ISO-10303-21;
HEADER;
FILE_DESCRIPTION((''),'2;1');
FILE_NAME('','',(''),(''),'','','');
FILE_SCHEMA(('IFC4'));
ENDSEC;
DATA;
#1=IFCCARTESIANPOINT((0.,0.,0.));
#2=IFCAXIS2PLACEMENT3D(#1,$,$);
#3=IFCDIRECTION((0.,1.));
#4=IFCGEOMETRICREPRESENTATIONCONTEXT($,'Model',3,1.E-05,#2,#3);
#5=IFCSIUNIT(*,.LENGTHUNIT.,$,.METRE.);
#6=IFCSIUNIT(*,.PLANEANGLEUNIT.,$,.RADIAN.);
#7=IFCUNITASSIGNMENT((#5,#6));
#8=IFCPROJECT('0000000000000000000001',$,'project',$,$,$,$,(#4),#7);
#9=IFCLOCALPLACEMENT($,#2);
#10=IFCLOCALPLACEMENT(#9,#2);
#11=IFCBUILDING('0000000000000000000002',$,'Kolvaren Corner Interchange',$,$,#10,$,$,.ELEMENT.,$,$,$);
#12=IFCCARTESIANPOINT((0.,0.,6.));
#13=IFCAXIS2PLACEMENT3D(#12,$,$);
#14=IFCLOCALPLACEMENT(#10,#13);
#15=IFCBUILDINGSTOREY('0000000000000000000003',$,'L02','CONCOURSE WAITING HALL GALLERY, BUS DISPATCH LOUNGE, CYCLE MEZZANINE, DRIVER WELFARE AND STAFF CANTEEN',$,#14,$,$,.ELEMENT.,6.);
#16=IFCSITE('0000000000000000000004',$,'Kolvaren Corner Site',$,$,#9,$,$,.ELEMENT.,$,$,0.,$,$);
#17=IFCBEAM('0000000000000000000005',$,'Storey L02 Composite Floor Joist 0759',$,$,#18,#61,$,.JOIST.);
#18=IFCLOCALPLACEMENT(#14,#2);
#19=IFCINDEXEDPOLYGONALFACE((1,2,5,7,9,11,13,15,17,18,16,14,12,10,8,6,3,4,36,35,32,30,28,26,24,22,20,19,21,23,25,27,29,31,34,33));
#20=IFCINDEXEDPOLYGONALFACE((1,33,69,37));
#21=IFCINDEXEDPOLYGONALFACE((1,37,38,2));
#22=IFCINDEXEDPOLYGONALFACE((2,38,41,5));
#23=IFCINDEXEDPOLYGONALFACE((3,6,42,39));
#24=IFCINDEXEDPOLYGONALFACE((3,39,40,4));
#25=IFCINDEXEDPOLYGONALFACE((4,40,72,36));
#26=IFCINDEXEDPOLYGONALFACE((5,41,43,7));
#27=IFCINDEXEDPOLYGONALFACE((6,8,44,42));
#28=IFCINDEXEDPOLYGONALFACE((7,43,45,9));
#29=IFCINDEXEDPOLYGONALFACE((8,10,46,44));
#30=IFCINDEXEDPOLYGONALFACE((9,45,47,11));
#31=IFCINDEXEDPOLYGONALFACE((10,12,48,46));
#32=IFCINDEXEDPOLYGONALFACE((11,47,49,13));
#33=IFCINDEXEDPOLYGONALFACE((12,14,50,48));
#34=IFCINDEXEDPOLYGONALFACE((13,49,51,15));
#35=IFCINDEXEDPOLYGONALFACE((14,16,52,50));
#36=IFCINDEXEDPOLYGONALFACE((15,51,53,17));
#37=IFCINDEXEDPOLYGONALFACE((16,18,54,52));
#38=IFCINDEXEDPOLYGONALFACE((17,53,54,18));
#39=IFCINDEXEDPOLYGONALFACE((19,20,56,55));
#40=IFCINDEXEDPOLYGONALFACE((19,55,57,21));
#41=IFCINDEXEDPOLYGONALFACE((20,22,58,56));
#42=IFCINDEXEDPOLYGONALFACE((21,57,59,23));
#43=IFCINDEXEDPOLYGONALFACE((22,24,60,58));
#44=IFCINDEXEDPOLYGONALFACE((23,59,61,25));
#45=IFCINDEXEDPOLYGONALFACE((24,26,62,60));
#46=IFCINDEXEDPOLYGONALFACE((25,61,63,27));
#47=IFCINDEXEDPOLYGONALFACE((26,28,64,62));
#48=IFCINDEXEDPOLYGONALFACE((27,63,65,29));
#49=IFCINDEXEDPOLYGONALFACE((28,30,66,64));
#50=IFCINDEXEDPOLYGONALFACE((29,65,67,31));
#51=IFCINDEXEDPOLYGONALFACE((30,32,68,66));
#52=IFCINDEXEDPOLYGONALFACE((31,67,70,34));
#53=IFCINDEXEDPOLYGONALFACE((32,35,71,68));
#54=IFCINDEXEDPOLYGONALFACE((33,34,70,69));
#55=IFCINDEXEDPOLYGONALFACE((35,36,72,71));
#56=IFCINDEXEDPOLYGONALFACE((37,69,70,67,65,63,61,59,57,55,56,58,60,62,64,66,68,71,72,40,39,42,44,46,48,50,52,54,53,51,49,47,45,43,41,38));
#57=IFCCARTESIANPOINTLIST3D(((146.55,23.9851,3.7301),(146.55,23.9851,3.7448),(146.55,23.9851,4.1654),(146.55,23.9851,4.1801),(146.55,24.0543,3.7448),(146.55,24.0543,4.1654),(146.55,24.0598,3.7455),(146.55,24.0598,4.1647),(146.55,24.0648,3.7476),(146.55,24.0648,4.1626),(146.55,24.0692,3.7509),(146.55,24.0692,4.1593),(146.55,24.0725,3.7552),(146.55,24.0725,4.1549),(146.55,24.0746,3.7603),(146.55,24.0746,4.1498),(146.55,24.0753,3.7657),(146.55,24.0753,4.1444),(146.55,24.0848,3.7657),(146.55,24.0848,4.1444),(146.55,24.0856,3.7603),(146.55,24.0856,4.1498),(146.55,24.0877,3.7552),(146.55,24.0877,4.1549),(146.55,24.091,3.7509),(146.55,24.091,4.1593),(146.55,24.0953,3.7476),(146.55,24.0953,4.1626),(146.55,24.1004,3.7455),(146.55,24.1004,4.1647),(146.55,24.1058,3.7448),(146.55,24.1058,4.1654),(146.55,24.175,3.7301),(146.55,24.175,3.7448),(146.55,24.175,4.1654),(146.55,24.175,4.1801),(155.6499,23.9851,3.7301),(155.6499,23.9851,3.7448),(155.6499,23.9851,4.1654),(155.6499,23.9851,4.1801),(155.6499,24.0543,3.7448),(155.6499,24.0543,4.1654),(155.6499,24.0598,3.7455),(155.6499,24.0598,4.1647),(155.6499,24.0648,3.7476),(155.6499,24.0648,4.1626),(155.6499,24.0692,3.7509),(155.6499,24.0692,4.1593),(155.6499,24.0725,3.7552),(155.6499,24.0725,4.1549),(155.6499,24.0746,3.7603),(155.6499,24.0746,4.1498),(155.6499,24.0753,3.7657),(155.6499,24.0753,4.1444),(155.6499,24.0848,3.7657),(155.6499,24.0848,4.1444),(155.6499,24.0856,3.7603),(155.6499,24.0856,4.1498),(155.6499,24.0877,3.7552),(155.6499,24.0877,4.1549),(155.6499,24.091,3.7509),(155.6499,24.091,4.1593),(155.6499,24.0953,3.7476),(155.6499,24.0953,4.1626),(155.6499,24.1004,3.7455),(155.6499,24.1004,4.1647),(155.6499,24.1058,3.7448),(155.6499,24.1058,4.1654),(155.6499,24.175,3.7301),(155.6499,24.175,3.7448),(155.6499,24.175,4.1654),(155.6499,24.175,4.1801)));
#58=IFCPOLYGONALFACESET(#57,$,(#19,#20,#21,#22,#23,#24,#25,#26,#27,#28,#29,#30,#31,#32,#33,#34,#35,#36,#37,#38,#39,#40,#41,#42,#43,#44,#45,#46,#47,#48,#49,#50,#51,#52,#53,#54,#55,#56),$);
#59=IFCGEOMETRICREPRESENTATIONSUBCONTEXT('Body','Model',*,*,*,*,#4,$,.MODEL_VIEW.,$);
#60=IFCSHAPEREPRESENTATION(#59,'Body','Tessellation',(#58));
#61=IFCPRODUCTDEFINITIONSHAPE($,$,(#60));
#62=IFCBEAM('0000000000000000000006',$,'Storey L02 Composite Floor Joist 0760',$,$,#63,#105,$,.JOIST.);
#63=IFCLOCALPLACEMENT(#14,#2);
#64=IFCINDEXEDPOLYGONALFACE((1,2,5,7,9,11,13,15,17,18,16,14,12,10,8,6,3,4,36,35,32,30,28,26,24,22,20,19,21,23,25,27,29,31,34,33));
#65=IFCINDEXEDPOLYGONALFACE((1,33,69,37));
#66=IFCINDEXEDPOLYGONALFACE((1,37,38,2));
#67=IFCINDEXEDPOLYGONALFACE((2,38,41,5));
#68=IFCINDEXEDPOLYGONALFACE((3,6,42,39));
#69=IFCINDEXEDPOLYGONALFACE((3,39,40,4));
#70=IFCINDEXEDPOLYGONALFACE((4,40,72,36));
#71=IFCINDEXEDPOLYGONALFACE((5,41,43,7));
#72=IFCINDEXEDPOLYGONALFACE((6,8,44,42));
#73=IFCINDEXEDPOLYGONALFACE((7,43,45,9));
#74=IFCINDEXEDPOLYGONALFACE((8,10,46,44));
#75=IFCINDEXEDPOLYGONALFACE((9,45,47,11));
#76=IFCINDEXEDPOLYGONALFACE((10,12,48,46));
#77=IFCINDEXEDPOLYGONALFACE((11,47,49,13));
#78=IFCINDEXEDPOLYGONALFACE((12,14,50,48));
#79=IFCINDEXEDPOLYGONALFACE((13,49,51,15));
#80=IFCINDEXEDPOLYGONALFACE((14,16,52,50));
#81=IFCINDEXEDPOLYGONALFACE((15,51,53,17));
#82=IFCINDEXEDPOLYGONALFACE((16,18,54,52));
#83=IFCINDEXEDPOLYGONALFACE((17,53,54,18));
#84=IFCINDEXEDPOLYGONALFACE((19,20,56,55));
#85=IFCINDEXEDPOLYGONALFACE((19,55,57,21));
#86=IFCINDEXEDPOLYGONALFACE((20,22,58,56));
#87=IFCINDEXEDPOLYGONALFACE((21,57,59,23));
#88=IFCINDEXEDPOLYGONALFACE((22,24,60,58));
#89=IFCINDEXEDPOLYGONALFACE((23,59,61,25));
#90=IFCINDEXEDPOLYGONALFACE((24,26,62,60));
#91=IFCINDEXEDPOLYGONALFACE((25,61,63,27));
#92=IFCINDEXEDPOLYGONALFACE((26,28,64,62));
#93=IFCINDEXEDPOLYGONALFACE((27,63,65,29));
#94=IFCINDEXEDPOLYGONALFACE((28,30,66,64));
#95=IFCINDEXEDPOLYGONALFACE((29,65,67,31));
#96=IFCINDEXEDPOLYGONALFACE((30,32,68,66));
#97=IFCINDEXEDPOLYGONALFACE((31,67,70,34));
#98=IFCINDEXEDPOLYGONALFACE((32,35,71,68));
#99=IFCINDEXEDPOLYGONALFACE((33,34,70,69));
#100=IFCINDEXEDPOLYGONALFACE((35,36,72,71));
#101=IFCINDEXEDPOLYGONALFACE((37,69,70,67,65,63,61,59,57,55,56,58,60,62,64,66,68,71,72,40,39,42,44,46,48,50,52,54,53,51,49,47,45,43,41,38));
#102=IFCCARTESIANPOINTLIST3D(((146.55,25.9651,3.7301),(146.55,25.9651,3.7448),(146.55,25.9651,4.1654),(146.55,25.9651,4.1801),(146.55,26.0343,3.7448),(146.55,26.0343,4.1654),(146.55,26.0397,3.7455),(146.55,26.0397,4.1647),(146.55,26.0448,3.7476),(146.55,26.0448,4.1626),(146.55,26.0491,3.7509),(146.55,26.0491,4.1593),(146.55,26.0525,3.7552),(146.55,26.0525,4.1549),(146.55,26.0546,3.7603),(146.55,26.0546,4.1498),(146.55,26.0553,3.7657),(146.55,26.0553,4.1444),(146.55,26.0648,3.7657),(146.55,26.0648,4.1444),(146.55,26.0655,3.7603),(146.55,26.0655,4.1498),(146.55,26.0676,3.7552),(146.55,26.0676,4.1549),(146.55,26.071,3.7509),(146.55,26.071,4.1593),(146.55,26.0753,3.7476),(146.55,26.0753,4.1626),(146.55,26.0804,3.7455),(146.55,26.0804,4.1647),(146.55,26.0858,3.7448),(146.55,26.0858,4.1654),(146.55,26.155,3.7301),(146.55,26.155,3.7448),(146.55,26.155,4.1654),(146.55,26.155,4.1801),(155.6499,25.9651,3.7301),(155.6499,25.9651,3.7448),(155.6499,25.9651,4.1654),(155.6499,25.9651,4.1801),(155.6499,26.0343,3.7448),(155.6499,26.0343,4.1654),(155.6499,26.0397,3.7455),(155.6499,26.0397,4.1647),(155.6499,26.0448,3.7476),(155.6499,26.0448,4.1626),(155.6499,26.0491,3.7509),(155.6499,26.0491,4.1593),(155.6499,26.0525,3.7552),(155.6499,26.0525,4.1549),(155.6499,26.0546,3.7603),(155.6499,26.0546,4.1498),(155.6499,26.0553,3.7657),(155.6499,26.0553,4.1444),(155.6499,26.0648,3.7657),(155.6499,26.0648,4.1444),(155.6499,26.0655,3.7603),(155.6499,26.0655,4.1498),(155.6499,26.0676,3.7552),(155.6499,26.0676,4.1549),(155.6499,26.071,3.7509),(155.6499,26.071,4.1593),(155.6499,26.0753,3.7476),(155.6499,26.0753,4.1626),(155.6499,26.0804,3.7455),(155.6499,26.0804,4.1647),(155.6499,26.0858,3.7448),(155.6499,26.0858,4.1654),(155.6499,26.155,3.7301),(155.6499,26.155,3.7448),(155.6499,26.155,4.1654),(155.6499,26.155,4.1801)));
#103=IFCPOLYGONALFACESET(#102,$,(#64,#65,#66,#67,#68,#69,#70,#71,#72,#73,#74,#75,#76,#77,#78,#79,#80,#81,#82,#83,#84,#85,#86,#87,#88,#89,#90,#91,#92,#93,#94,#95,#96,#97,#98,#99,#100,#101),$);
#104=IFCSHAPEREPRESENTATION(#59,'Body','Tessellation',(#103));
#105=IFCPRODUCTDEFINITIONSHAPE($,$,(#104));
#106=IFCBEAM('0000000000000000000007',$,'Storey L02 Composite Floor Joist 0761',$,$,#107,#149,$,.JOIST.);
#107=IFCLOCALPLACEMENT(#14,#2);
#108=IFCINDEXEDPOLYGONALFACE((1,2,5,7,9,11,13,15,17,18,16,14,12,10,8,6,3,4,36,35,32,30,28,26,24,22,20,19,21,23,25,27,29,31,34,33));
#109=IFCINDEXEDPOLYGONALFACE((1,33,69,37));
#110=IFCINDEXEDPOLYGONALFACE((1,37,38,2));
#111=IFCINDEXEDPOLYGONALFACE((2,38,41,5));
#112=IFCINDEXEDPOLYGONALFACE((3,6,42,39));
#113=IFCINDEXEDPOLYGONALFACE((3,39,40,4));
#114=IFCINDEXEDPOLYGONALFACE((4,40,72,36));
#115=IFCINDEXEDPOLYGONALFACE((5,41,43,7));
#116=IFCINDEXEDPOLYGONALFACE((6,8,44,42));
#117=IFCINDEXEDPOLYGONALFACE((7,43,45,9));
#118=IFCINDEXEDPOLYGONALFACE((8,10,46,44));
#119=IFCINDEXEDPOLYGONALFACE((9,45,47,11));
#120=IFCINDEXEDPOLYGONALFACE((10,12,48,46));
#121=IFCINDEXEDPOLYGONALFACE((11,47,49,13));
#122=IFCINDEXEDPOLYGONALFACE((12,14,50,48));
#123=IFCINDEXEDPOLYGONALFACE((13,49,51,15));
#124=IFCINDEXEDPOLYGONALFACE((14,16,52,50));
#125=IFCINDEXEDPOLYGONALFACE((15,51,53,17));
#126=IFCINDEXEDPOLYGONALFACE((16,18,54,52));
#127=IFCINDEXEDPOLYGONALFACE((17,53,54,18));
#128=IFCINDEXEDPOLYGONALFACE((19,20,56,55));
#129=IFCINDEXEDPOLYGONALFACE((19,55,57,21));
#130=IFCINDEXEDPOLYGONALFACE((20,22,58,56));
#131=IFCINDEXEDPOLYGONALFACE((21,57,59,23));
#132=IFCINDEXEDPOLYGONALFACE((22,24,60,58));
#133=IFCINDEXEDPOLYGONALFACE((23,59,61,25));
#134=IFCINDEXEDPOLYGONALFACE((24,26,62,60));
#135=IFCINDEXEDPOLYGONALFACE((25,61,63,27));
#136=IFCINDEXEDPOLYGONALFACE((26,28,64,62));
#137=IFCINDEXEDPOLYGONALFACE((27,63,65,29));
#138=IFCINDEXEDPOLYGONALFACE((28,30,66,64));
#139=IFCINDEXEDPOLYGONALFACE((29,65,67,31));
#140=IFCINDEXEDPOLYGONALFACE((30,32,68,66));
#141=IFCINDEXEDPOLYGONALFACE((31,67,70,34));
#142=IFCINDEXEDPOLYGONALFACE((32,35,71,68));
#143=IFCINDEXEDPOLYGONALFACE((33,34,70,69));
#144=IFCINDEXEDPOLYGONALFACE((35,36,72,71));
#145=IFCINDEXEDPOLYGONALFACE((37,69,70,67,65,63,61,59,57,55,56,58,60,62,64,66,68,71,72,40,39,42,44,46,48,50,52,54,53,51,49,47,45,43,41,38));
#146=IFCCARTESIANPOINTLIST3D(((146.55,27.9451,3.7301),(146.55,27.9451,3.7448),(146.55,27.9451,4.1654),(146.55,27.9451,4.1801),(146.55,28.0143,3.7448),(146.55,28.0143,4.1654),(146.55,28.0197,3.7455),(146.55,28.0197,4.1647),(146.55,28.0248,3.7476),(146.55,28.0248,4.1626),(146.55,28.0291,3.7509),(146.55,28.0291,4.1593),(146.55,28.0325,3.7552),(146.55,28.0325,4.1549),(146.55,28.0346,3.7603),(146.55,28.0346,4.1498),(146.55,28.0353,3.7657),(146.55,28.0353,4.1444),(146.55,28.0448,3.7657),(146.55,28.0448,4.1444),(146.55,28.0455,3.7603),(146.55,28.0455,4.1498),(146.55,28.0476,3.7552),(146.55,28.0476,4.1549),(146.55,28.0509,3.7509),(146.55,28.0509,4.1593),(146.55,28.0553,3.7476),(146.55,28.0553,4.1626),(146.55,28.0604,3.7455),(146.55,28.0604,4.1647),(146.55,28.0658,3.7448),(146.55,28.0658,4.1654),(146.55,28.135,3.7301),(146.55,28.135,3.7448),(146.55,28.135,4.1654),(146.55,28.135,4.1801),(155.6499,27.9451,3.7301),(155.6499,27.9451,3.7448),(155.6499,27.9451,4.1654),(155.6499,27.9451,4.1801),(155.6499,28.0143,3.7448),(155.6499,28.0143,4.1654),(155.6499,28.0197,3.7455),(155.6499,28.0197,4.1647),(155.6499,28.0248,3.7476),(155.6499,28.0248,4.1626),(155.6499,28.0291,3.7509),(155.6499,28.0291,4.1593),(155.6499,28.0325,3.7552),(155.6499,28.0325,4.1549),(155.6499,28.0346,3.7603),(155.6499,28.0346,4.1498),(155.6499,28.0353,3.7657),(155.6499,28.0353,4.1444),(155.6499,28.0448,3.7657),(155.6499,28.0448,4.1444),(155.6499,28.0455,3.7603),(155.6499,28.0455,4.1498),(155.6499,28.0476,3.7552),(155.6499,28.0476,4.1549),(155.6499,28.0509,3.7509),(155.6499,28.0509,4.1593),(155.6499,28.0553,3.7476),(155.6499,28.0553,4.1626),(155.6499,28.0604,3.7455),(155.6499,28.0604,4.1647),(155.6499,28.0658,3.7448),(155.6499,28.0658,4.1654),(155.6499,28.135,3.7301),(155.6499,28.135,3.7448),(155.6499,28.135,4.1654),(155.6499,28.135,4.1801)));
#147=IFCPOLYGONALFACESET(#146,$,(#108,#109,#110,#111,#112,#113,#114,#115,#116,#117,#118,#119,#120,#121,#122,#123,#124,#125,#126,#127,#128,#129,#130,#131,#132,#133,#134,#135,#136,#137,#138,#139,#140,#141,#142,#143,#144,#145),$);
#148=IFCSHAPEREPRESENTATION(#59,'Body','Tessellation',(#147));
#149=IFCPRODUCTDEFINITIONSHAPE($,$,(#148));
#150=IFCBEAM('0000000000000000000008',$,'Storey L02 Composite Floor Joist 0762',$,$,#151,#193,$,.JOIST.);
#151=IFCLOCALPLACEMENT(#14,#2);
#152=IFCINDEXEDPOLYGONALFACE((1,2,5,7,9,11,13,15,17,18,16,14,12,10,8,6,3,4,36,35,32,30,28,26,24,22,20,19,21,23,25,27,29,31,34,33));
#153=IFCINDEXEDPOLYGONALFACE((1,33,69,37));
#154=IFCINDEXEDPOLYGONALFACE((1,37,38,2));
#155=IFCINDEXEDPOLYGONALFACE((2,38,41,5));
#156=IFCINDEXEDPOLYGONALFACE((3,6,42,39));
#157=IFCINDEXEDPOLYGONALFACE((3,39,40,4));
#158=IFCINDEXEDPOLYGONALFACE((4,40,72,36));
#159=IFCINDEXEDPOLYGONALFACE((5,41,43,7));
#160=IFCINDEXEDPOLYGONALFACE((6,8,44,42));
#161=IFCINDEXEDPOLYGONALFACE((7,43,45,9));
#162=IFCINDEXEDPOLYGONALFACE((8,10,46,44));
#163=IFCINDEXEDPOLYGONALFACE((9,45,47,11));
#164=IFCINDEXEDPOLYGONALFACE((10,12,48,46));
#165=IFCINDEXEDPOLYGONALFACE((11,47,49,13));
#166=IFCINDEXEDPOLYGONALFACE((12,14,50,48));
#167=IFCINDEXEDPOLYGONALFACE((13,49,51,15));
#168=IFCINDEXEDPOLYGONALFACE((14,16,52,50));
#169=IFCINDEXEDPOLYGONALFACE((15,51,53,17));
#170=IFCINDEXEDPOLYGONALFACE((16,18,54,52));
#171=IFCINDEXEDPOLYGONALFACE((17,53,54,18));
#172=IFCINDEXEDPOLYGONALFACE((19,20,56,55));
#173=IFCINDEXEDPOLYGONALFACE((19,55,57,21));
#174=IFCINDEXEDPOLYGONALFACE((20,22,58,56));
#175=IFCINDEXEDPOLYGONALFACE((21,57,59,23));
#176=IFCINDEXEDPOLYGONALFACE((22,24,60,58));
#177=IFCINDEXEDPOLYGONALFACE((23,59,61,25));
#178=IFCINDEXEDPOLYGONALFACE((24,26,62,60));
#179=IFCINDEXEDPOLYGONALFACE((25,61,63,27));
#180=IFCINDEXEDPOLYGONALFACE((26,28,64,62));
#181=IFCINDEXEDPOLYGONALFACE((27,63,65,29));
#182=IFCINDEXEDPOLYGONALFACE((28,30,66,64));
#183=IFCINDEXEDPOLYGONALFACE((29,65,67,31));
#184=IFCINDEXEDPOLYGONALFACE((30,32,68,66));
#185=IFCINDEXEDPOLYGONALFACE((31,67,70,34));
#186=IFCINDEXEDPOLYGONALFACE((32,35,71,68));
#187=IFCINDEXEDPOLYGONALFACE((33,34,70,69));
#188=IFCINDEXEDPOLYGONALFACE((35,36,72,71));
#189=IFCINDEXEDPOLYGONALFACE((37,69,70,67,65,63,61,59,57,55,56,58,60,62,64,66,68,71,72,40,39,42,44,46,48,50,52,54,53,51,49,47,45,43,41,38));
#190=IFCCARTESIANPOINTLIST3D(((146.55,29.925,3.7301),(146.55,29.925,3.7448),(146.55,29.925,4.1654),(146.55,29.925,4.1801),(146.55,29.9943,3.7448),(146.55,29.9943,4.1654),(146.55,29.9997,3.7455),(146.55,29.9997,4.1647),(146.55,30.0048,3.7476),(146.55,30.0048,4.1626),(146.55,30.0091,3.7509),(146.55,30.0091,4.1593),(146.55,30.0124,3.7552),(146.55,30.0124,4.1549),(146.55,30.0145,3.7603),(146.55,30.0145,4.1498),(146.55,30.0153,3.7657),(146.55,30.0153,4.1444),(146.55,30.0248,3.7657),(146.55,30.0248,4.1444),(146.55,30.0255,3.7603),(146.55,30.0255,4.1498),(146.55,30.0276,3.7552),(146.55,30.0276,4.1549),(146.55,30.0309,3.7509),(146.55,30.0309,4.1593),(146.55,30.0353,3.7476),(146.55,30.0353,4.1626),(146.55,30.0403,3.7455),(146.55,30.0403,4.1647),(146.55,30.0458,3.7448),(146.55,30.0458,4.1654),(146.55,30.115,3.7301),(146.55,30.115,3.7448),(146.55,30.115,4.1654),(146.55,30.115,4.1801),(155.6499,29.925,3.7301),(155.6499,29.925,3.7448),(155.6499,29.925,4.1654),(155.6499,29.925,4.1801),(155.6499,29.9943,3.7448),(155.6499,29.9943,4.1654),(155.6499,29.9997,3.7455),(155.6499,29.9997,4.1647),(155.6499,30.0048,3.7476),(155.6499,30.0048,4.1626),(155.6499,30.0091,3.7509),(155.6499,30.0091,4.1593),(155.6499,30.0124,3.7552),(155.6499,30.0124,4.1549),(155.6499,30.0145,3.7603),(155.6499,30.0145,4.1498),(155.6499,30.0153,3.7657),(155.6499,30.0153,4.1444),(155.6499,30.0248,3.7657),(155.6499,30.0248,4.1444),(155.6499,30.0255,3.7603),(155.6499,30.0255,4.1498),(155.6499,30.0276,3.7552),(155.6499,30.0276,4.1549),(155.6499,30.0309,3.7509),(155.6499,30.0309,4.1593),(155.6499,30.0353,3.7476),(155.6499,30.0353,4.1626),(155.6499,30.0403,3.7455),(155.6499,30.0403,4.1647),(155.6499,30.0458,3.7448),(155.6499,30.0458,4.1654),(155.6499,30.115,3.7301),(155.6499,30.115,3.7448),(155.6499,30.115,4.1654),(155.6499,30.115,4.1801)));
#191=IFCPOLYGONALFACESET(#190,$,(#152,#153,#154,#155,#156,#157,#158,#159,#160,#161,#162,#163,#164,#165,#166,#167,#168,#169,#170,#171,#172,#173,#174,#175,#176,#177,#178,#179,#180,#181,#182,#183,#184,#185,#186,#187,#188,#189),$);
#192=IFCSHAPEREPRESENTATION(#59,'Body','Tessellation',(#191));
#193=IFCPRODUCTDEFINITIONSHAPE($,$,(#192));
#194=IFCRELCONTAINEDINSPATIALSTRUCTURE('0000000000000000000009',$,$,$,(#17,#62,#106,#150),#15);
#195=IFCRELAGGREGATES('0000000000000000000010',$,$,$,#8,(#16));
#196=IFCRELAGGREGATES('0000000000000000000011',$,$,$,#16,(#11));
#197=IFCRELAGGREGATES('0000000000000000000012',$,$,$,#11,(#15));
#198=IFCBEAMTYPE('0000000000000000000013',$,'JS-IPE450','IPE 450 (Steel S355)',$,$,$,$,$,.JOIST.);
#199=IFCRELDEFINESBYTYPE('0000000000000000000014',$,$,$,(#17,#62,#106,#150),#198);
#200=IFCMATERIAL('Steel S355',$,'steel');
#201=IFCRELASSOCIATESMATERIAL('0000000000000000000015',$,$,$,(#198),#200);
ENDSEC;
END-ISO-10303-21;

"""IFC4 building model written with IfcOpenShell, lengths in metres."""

from ifc_helpers import new_model, si_unit, direction, frame, origin, origin_2d, place, context, subcontext, project, spatial, i_section, extrude, material, material_profile, profile_set, type_object, element, save


model = new_model("IFC4")

# Units and contexts
model_context = context("Model", 3, precision=1e-05, world=origin(), true_north=direction((0.0, 1.0)))
body_context = subcontext(model_context, "Body", "Model", "MODEL_VIEW")
ifc_project = project(units=[si_unit("LENGTHUNIT", "METRE"), si_unit("PLANEANGLEUNIT", "RADIAN")], contexts=[model_context])

# Site, building, storey
site_placement = place(None, origin())
site = spatial("IfcSite", under=ifc_project, at=site_placement, Name="Kolvaren Corner Site", CompositionType="ELEMENT", RefElevation=0.0)
building_placement = place(site_placement, origin())
building = spatial("IfcBuilding", under=site, at=building_placement, Name="Kolvaren Corner Interchange", CompositionType="ELEMENT")
storey_placement = place(building_placement, frame((0.0, 0.0, 6.0)))
storey = spatial("IfcBuildingStorey", under=building, at=storey_placement, Name="L02", Description="CONCOURSE WAITING HALL GALLERY, BUS DISPATCH LOUNGE, CYCLE MEZZANINE, DRIVER WELFARE AND STAFF CANTEEN", CompositionType="ELEMENT", Elevation=6.0)

# Beams
ifc_material_1 = material(Name="Steel S355", Category="steel")
ifc_material_profile_1 = material_profile(ifc_material_1, i_section(OverallWidth=0.1899, OverallDepth=0.45, WebThickness=0.0095, FlangeThickness=0.0146, FilletRadius=0.021, at=origin_2d()), Name="IPE 450")
ifc_profile_set_1 = profile_set([ifc_material_profile_1], Name="Steel S355")
beam_type_1 = type_object("IfcBeamType", Name="JS-IPE450", Description="IPE 450 (Steel S355)", PredefinedType="JOIST", material=ifc_profile_set_1)
for number, where, z_axis, x_axis, name in (
    (1, (146.55, 24.0801, 3.9551), (1.0, 0.0, 0.0), (0.0, 1.0, 0.0), "Storey L02 Composite Floor Joist 0759"),
    (2, (146.55, 26.0601, 3.9551), (1.0, 0.0, 0.0), (0.0, 1.0, 0.0), "Storey L02 Composite Floor Joist 0760"),
    (3, (146.55, 28.04, 3.9551), (1.0, 0.0, 0.0), (0.0, 1.0, 0.0), "Storey L02 Composite Floor Joist 0761"),
    (4, (146.55, 30.02, 3.9551), (1.0, 0.0, 0.0), (0.0, 1.0, 0.0), "Storey L02 Composite Floor Joist 0762"),
):
    element("IfcBeam", number, at=place(storey_placement, frame(where, z_axis=z_axis, x_axis=x_axis)), inside=storey, type_object=beam_type_1, Name=name, PredefinedType="JOIST", context=body_context, shape_type="SweptSolid", body=[
        extrude(i_section(OverallWidth=0.1899, OverallDepth=0.45, WebThickness=0.0095, FlangeThickness=0.0146, FilletRadius=0.021, at=origin_2d()), origin(), (0.0, 0.0, 1.0), 9.0999),
    ])

save(model, "model.ifc")
